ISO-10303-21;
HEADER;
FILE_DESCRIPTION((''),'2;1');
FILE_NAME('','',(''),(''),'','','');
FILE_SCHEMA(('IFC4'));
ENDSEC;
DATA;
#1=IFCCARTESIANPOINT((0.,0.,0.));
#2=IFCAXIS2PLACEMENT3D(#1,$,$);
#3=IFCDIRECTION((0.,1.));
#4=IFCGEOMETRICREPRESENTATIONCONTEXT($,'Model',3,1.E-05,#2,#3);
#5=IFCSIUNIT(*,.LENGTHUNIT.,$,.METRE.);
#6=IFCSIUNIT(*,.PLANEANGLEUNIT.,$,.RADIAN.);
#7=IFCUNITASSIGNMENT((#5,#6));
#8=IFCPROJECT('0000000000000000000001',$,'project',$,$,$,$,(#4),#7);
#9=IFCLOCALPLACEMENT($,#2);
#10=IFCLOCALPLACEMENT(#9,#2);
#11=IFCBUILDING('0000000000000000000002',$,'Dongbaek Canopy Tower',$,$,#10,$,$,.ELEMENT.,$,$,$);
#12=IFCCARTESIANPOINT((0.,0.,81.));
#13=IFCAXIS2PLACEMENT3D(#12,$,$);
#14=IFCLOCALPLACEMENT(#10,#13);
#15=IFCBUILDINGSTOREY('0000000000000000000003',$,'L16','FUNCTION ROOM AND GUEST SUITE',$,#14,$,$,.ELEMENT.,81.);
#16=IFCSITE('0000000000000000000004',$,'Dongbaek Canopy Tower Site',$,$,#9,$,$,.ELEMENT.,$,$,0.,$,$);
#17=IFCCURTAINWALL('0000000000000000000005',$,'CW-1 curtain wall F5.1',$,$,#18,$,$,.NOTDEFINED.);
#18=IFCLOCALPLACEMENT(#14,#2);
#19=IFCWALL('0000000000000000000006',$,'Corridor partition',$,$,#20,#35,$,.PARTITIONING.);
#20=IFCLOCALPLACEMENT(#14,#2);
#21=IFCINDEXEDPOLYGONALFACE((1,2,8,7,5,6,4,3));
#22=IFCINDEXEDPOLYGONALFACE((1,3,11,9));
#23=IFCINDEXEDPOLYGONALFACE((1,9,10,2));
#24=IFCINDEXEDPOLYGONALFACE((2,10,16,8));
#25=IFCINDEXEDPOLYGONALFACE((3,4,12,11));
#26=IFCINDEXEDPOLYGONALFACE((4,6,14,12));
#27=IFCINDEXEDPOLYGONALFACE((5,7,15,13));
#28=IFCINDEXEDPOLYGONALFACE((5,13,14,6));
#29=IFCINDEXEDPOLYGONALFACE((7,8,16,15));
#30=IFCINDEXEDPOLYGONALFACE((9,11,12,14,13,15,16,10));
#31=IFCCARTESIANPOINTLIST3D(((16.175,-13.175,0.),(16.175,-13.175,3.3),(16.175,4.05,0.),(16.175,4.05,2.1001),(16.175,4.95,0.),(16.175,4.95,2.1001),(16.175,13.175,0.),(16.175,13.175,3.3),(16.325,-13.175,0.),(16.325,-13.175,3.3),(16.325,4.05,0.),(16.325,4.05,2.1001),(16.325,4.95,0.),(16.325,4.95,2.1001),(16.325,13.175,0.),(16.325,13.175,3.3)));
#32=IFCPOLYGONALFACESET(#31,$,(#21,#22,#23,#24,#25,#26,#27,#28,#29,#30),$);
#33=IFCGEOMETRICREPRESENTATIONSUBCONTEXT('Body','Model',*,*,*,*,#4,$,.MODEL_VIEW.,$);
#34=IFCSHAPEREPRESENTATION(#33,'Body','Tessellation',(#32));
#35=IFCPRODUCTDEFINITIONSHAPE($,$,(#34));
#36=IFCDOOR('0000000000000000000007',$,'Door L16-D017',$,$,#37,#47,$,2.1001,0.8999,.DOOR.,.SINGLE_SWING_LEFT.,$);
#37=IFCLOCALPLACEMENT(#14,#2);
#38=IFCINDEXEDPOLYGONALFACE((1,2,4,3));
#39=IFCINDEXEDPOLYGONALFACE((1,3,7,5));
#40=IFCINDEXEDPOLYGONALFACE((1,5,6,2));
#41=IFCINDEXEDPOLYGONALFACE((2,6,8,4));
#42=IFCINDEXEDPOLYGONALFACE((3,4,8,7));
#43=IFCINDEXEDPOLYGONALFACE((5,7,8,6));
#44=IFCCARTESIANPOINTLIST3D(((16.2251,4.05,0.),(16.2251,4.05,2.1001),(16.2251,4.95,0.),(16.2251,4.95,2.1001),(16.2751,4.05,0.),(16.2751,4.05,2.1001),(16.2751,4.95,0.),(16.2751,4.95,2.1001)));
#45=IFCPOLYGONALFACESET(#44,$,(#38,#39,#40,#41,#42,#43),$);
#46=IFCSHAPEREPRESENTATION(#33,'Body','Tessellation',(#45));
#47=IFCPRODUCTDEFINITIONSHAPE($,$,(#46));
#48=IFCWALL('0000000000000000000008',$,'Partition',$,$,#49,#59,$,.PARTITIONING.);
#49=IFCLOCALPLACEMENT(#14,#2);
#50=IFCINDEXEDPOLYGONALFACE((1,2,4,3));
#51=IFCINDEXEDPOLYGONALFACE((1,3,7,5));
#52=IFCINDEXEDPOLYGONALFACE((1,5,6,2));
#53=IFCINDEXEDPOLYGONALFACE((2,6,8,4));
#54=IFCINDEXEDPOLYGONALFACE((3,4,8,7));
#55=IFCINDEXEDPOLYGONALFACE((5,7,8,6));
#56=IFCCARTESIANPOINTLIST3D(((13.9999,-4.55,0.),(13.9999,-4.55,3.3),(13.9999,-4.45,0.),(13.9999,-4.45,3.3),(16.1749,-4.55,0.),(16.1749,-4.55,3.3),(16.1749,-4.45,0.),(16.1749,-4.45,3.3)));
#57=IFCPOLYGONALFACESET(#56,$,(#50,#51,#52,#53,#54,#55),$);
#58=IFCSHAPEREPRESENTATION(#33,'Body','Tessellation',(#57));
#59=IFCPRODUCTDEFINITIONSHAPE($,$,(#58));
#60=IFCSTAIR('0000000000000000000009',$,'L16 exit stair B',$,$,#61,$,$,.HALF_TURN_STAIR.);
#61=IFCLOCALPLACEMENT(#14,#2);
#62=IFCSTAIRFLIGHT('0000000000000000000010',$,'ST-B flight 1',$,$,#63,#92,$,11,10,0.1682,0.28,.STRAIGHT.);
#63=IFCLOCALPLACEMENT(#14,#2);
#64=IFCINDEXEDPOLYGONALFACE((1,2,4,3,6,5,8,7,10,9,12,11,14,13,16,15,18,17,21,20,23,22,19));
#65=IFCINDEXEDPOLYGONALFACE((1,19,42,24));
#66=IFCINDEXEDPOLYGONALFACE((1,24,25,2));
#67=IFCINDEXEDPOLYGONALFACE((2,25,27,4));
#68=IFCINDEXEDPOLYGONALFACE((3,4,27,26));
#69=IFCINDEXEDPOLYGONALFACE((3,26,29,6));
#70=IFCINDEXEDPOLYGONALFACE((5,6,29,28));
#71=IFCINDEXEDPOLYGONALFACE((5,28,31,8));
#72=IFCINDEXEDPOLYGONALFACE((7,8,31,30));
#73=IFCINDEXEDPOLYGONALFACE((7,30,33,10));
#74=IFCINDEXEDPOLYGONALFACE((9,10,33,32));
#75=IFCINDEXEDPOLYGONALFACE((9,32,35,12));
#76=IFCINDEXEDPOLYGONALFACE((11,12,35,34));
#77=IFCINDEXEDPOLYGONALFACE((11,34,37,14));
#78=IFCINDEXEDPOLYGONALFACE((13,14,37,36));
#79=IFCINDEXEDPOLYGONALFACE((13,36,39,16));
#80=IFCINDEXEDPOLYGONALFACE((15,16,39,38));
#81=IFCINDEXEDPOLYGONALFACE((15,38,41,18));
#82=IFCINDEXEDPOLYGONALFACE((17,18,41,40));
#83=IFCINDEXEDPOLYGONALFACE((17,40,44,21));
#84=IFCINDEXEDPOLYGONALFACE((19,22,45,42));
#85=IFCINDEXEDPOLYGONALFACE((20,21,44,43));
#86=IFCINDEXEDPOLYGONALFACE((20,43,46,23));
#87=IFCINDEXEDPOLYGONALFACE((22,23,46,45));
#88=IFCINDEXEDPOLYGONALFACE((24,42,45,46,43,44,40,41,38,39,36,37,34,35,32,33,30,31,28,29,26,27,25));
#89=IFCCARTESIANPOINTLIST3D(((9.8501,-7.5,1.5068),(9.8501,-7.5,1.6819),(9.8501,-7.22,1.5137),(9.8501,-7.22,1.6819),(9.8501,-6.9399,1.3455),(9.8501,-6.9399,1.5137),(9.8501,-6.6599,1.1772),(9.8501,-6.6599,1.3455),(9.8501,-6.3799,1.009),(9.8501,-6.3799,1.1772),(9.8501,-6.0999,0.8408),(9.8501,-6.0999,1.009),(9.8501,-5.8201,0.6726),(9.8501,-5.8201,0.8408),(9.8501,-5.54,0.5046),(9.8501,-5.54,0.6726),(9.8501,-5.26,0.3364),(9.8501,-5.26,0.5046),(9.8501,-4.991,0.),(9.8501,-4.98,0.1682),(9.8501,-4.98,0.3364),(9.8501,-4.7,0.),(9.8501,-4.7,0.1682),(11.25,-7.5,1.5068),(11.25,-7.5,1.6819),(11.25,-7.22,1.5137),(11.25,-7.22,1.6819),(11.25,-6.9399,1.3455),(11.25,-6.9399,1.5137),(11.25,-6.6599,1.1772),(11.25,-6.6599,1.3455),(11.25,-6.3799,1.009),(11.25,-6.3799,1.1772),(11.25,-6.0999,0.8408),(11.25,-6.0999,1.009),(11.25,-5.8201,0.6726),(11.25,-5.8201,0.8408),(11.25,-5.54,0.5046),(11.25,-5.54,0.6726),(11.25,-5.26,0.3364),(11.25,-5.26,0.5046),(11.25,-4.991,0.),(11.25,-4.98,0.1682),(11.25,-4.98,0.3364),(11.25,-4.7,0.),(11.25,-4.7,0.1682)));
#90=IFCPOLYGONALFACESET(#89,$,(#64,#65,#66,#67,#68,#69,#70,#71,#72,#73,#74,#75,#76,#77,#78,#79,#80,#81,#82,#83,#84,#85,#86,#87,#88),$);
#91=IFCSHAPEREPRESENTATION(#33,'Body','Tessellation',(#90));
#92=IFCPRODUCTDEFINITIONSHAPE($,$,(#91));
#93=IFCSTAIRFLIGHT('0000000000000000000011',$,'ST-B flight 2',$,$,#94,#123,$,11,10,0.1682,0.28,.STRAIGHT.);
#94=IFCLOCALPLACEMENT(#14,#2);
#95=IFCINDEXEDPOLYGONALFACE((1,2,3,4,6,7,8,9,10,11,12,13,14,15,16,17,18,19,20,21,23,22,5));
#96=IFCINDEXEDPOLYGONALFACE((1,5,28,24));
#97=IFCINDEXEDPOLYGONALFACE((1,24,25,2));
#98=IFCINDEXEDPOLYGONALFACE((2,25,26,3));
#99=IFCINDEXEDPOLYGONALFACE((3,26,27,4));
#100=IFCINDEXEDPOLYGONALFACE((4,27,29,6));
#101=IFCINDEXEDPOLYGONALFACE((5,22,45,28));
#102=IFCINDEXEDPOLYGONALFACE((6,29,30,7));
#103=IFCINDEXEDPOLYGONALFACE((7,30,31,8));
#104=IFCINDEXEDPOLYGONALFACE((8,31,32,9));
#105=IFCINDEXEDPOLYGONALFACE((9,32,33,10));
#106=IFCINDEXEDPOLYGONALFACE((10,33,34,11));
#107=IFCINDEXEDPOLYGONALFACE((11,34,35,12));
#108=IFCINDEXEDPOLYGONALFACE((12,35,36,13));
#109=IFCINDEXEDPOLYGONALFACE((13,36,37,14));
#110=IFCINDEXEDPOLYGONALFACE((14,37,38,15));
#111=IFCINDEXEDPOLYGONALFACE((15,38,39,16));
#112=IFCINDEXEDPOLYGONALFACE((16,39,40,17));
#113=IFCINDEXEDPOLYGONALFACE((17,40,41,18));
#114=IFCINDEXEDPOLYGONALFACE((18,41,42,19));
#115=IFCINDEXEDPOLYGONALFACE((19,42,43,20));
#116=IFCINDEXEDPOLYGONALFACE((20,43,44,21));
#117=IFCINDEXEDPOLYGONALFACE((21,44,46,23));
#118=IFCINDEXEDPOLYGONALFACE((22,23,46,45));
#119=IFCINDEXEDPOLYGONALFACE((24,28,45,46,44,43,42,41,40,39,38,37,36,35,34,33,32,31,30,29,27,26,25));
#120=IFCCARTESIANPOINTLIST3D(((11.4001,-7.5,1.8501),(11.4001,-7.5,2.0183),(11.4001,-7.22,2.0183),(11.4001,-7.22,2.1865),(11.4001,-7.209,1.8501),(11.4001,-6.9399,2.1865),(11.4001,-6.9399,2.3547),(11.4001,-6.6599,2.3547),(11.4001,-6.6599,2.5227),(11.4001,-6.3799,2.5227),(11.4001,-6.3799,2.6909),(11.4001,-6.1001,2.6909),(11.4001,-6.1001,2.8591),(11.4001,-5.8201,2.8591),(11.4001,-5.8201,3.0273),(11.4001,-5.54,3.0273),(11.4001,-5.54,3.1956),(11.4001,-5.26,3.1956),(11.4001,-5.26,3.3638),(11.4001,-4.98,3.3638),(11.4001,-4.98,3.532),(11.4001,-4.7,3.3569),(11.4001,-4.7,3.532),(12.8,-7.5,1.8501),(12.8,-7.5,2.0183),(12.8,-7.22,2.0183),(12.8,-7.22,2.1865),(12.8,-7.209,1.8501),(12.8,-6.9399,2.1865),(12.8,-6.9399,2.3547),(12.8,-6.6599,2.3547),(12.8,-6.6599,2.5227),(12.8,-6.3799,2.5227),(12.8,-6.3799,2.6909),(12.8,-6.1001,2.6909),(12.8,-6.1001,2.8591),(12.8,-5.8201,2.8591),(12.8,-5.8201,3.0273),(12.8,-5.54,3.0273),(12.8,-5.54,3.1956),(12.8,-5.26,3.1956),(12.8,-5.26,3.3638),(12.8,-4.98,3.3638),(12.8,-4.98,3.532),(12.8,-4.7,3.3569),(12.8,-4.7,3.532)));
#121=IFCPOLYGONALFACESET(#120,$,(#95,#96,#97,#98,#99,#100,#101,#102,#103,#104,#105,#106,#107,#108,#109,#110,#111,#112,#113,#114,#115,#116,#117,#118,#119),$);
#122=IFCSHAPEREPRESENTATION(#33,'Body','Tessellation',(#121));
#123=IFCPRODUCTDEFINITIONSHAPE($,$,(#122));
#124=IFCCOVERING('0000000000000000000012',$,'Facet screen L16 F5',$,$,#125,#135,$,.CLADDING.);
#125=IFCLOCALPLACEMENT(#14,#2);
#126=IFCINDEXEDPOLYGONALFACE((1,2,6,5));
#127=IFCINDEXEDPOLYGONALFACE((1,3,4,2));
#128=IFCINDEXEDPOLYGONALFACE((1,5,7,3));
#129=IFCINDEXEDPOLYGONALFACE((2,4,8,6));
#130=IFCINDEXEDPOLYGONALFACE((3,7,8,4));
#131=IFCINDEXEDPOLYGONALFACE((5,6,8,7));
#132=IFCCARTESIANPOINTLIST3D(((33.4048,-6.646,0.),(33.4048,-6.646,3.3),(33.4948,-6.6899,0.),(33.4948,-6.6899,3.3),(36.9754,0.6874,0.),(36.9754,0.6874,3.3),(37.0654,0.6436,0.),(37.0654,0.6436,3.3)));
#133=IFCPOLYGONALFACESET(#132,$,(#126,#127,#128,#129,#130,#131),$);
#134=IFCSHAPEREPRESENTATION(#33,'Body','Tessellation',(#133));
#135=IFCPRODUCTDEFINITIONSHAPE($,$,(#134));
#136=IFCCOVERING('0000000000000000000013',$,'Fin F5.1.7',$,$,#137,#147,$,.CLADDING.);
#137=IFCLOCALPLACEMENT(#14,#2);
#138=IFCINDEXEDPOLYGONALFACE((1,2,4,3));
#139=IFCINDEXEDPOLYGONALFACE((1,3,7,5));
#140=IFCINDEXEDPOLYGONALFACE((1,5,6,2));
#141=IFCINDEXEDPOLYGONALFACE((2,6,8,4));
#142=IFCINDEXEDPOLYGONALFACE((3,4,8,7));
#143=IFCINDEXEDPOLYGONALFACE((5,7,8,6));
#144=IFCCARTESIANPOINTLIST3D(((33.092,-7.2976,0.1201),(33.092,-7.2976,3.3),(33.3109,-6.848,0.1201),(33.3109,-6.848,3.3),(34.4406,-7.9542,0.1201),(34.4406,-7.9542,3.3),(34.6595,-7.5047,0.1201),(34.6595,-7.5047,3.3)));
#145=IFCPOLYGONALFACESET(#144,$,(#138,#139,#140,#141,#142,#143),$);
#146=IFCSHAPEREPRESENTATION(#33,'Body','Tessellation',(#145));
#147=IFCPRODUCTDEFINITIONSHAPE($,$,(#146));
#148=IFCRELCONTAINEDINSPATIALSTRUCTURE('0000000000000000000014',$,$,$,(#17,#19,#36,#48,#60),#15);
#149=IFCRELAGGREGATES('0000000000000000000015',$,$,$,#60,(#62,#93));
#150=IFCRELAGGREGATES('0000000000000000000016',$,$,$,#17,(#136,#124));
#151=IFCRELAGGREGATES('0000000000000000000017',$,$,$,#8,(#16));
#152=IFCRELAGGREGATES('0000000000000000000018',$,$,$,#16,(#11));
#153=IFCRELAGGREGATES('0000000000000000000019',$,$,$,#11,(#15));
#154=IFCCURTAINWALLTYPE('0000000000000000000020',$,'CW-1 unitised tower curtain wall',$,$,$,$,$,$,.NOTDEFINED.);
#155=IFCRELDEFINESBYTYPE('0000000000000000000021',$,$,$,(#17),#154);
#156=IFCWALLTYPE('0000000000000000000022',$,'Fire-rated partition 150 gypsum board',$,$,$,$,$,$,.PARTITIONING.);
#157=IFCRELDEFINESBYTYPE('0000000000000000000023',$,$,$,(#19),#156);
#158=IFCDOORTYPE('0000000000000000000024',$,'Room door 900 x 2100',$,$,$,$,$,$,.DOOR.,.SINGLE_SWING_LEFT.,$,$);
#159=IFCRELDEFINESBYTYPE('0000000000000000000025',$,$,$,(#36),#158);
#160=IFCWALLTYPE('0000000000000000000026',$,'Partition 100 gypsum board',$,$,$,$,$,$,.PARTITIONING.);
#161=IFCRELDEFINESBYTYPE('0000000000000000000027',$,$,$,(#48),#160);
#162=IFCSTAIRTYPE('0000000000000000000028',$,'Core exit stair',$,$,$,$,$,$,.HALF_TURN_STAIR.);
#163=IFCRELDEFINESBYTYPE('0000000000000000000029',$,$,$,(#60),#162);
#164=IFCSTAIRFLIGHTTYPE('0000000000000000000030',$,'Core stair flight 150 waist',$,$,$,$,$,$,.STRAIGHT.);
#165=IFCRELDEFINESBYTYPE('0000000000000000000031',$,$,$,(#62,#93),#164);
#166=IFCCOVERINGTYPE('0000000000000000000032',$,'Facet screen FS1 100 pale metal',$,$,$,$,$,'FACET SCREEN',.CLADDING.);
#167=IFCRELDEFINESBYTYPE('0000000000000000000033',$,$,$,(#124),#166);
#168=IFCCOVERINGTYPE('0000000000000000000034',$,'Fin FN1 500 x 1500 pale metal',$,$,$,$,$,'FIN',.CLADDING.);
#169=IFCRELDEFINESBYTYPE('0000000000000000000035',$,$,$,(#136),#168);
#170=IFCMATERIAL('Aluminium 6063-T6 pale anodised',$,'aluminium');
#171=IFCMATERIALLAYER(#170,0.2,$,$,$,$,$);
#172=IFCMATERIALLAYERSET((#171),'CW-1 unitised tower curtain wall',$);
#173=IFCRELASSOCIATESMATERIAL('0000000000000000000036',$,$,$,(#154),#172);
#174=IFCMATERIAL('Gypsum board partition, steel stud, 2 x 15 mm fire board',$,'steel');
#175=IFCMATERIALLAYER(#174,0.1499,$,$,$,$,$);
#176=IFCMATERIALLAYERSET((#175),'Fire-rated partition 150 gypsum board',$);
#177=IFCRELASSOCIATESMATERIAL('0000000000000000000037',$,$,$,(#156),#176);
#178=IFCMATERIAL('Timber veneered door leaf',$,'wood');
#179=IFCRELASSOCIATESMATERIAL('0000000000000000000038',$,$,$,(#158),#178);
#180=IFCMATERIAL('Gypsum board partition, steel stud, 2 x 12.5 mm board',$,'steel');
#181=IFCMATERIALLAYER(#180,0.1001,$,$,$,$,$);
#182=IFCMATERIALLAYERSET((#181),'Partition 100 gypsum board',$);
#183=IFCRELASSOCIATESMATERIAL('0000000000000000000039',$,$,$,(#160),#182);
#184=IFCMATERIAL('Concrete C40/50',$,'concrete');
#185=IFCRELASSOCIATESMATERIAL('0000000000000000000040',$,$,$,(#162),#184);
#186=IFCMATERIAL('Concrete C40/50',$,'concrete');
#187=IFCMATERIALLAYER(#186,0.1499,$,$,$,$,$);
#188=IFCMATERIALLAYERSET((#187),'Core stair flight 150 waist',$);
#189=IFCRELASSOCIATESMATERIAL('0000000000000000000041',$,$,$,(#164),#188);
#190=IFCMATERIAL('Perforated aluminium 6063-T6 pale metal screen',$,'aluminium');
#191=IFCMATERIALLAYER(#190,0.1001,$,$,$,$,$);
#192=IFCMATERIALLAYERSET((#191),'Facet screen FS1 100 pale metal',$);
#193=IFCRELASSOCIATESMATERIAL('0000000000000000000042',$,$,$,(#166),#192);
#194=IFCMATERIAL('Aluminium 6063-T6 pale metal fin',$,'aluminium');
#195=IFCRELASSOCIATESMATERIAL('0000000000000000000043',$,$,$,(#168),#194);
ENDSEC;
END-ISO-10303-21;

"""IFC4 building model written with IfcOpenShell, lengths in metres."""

from ifc_helpers import new_model, si_unit, direction, frame, frame_2d, origin, origin_2d, place, context, subcontext, project, spatial, polyline, rectangle, outline, extrude, material, layer, layer_set, material_profile, profile_set, type_object, element, fill, aggregate, save


model = new_model("IFC4")

# Units and contexts
model_context = context("Model", 3, precision=1e-05, world=origin(), true_north=direction((0.0, 1.0)))
body_context = subcontext(model_context, "Body", "Model", "MODEL_VIEW")
ifc_project = project(units=[si_unit("LENGTHUNIT", "METRE"), si_unit("PLANEANGLEUNIT", "RADIAN")], contexts=[model_context])

# Site, building, storey
site_placement = place(None, origin())
site = spatial("IfcSite", under=ifc_project, at=site_placement, Name="Dongbaek Canopy Tower Site", CompositionType="ELEMENT", RefElevation=0.0)
building_placement = place(site_placement, origin())
building = spatial("IfcBuilding", under=site, at=building_placement, Name="Dongbaek Canopy Tower", CompositionType="ELEMENT")
storey_placement = place(building_placement, frame((0.0, 0.0, 81.0)))
storey = spatial("IfcBuildingStorey", under=building, at=storey_placement, Name="L16", Description="FUNCTION ROOM AND GUEST SUITE", CompositionType="ELEMENT", Elevation=81.0)

# Curtain wall
ifc_material_1 = material(Name="Aluminium 6063-T6 pale anodised", Category="aluminium")
ifc_layer_1 = layer(ifc_material_1, 0.2)
ifc_layer_set_1 = layer_set([ifc_layer_1], Name="CW-1 unitised tower curtain wall")
curtain_wall_type = type_object("IfcCurtainWallType", Name="CW-1 unitised tower curtain wall", PredefinedType="NOTDEFINED", material=ifc_layer_set_1)
curtain_wall_placement = place(storey_placement, origin())
curtain_wall = element("IfcCurtainWall", 1, at=curtain_wall_placement, inside=storey, type_object=curtain_wall_type, Name="CW-1 curtain wall F5.1", PredefinedType="NOTDEFINED")

# Wall, opening, door
ifc_material_2 = material(Name="Gypsum board partition, steel stud, 2 x 15 mm fire board", Category="steel")
ifc_layer_2 = layer(ifc_material_2, 0.1499)
ifc_layer_set_2 = layer_set([ifc_layer_2], Name="Fire-rated partition 150 gypsum board")
wall_type_1 = type_object("IfcWallType", Name="Fire-rated partition 150 gypsum board", PredefinedType="PARTITIONING", material=ifc_layer_set_2)
wall_1_placement = place(storey_placement, frame((16.25, -13.175, 0.0), z_axis=(0.0, 0.0, 1.0), x_axis=(0.0, 1.0, 0.0)))
wall_1 = element("IfcWall", 2, at=wall_1_placement, inside=storey, type_object=wall_type_1, Name="Corridor partition", PredefinedType="PARTITIONING", context=body_context, shape_type="SweptSolid", body=[
    extrude(rectangle(XDim=26.3501, YDim=0.1499, at=frame_2d((13.175, 0.0))), origin(), (0.0, 0.0, 1.0), 3.3),
])
opening_1_placement = place(wall_1_placement, frame((17.2251, 0.0, 0.0)))
opening_1 = element("IfcOpeningElement", 3, at=opening_1_placement, cuts=wall_1, PredefinedType="OPENING", context=body_context, shape_type="SweptSolid", body=[
    extrude(rectangle(XDim=0.8999, YDim=2.1001, at=frame_2d((0.45, 1.05))), frame((0.0, 0.085, 0.0), z_axis=(0.0, -1.0, 0.0), x_axis=(1.0, 0.0, 0.0)), (0.0, 0.0, 1.0), 0.1699),
])
ifc_material_3 = material(Name="Timber veneered door leaf", Category="wood")
door_type_1 = type_object("IfcDoorType", Name="Room door 900 x 2100", OperationType="SINGLE_SWING_LEFT", PredefinedType="DOOR", material=ifc_material_3)
door_1_placement = place(opening_1_placement, origin())
door_1 = element("IfcDoor", 4, at=door_1_placement, inside=storey, type_object=door_type_1, Name="Door L16-D017", OperationType="SINGLE_SWING_LEFT", OverallHeight=2.1001, OverallWidth=0.8999, PredefinedType="DOOR", context=body_context, shape_type="SweptSolid", body=[
    extrude(rectangle(XDim=0.8999, YDim=2.1001, at=frame_2d((0.45, 1.05))), frame((0.0, 0.0249, 0.0), z_axis=(0.0, -1.0, 0.0), x_axis=(1.0, 0.0, 0.0)), (0.0, 0.0, 1.0), 0.05),
])
fill(opening_1, door_1)

# Wall
ifc_material_4 = material(Name="Gypsum board partition, steel stud, 2 x 12.5 mm board", Category="steel")
ifc_layer_3 = layer(ifc_material_4, 0.1001)
ifc_layer_set_3 = layer_set([ifc_layer_3], Name="Partition 100 gypsum board")
wall_type_2 = type_object("IfcWallType", Name="Partition 100 gypsum board", PredefinedType="PARTITIONING", material=ifc_layer_set_3)
wall_2_placement = place(storey_placement, frame((14.0, -4.5, 0.0), z_axis=(0.0, 0.0, 1.0), x_axis=(1.0, 0.0, 0.0)))
element("IfcWall", 5, at=wall_2_placement, inside=storey, type_object=wall_type_2, Name="Partition", PredefinedType="PARTITIONING", context=body_context, shape_type="SweptSolid", body=[
    extrude(rectangle(XDim=2.175, YDim=0.1001, at=frame_2d((1.0874, 0.0))), origin(), (0.0, 0.0, 1.0), 3.3),
])

# Stair, stair flights
ifc_material_5 = material(Name="Concrete C40/50", Category="concrete")
stair_type = type_object("IfcStairType", Name="Core exit stair", PredefinedType="HALF_TURN_STAIR", material=ifc_material_5)
stair_placement = place(storey_placement, origin())
stair = element("IfcStair", 6, at=stair_placement, inside=storey, type_object=stair_type, Name="L16 exit stair B", PredefinedType="HALF_TURN_STAIR")
ifc_material_6 = material(Name="Concrete C40/50", Category="concrete")
ifc_layer_4 = layer(ifc_material_6, 0.1499)
ifc_layer_set_4 = layer_set([ifc_layer_4], Name="Core stair flight 150 waist")
stair_flight_type = type_object("IfcStairFlightType", Name="Core stair flight 150 waist", PredefinedType="STRAIGHT", material=ifc_layer_set_4)
stair_flight_1_placement = place(storey_placement, frame((10.55, -4.7, 0.0), z_axis=(0.0, 0.0, 1.0), x_axis=(0.0, -1.0, 0.0)))
stair_flight_1 = element("IfcStairFlight", 7, at=stair_flight_1_placement, type_object=stair_flight_type, Name="ST-B flight 1", NumberOfRisers=11, NumberOfTreads=10, PredefinedType="STRAIGHT", RiserHeight=0.1682, TreadLength=0.28, context=body_context, shape_type="SweptSolid", body=[
    extrude(outline(polyline([(0.0, 0.0), (0.0, 0.1682), (0.28, 0.1682), (0.28, 0.3364), (0.5601, 0.3364), (0.5601, 0.5046), (0.8401, 0.5046), (0.8401, 0.6726), (1.1201, 0.6726), (1.1201, 0.8408), (1.3999, 0.8408), (1.3999, 1.009), (1.6799, 1.009), (1.6799, 1.1772), (1.96, 1.1772), (1.96, 1.3455), (2.24, 1.3455), (2.24, 1.5137), (2.52, 1.5137), (2.52, 1.6819), (2.8, 1.6819), (2.8, 1.8501), (2.8, 1.5068), (0.291, 0.0), (0.0, 0.0)])), frame((0.0, 0.7, 0.0), z_axis=(0.0, -1.0, 0.0), x_axis=(1.0, 0.0, 0.0)), (0.0, 0.0, 1.0), 1.3999),
])
stair_flight_2_placement = place(storey_placement, frame((12.1001, -7.5, 1.8501), z_axis=(0.0, 0.0, 1.0), x_axis=(0.0, 1.0, 0.0)))
stair_flight_2 = element("IfcStairFlight", 8, at=stair_flight_2_placement, type_object=stair_flight_type, Name="ST-B flight 2", NumberOfRisers=11, NumberOfTreads=10, PredefinedType="STRAIGHT", RiserHeight=0.1682, TreadLength=0.28, context=body_context, shape_type="SweptSolid", body=[
    extrude(outline(polyline([(0.0, 0.0), (0.0, 0.1682), (0.28, 0.1682), (0.28, 0.3364), (0.5601, 0.3364), (0.5601, 0.5046), (0.8401, 0.5046), (0.8401, 0.6726), (1.1201, 0.6726), (1.1201, 0.8408), (1.3999, 0.8408), (1.3999, 1.009), (1.6799, 1.009), (1.6799, 1.1772), (1.96, 1.1772), (1.96, 1.3455), (2.24, 1.3455), (2.24, 1.5137), (2.52, 1.5137), (2.52, 1.6819), (2.8, 1.6819), (2.8, 1.8501), (2.8, 1.5068), (0.291, 0.0), (0.0, 0.0)])), frame((0.0, 0.7, 0.0), z_axis=(0.0, -1.0, 0.0), x_axis=(1.0, 0.0, 0.0)), (0.0, 0.0, 1.0), 1.3999),
])
aggregate(stair, [stair_flight_1, stair_flight_2])

# Coverings
ifc_material_7 = material(Name="Perforated aluminium 6063-T6 pale metal screen", Category="aluminium")
ifc_layer_5 = layer(ifc_material_7, 0.1001)
ifc_layer_set_5 = layer_set([ifc_layer_5], Name="Facet screen FS1 100 pale metal")
covering_type_1 = type_object("IfcCoveringType", Name="Facet screen FS1 100 pale metal", ElementType="FACET SCREEN", PredefinedType="CLADDING", material=ifc_layer_set_5)
covering_1_placement = place(storey_placement, frame((35.2351, -3.0012, 0.0), z_axis=(0.0, 0.0, 1.0), x_axis=(0.437759, 0.899092, 0.0)))
covering_1 = element("IfcCovering", 9, at=covering_1_placement, type_object=covering_type_1, Name="Facet screen L16 F5", PredefinedType="CLADDING", context=body_context, shape_type="SweptSolid", body=[
    extrude(rectangle(XDim=8.1565, YDim=0.1001, at=origin_2d()), origin(), (0.0, 0.0, 1.0), 3.3),
])
ifc_material_8 = material(Name="Aluminium 6063-T6 pale metal fin", Category="aluminium")
ifc_material_profile_1 = material_profile(ifc_material_8, rectangle(XDim=1.5, YDim=0.5, at=origin_2d()), Name="Fin FN1 500 x 1500 pale metal")
ifc_profile_set_1 = profile_set([ifc_material_profile_1], Name="Aluminium 6063-T6 pale metal fin")
covering_type_2 = type_object("IfcCoveringType", Name="Fin FN1 500 x 1500 pale metal", ElementType="FIN", PredefinedType="CLADDING", material=ifc_profile_set_1)
covering_2_placement = place(storey_placement, frame((33.8757, -7.4011, 0.1201), z_axis=(0.0, 0.0, 1.0), x_axis=(0.899092, -0.437759, 0.0)))
covering_2 = element("IfcCovering", 10, at=covering_2_placement, type_object=covering_type_2, Name="Fin F5.1.7", PredefinedType="CLADDING", context=body_context, shape_type="SweptSolid", body=[
    extrude(rectangle(XDim=1.5, YDim=0.5, at=origin_2d()), origin(), (0.0, 0.0, 1.0), 3.1799),
])
aggregate(curtain_wall, [covering_2, covering_1])

save(model, "model.ifc")
